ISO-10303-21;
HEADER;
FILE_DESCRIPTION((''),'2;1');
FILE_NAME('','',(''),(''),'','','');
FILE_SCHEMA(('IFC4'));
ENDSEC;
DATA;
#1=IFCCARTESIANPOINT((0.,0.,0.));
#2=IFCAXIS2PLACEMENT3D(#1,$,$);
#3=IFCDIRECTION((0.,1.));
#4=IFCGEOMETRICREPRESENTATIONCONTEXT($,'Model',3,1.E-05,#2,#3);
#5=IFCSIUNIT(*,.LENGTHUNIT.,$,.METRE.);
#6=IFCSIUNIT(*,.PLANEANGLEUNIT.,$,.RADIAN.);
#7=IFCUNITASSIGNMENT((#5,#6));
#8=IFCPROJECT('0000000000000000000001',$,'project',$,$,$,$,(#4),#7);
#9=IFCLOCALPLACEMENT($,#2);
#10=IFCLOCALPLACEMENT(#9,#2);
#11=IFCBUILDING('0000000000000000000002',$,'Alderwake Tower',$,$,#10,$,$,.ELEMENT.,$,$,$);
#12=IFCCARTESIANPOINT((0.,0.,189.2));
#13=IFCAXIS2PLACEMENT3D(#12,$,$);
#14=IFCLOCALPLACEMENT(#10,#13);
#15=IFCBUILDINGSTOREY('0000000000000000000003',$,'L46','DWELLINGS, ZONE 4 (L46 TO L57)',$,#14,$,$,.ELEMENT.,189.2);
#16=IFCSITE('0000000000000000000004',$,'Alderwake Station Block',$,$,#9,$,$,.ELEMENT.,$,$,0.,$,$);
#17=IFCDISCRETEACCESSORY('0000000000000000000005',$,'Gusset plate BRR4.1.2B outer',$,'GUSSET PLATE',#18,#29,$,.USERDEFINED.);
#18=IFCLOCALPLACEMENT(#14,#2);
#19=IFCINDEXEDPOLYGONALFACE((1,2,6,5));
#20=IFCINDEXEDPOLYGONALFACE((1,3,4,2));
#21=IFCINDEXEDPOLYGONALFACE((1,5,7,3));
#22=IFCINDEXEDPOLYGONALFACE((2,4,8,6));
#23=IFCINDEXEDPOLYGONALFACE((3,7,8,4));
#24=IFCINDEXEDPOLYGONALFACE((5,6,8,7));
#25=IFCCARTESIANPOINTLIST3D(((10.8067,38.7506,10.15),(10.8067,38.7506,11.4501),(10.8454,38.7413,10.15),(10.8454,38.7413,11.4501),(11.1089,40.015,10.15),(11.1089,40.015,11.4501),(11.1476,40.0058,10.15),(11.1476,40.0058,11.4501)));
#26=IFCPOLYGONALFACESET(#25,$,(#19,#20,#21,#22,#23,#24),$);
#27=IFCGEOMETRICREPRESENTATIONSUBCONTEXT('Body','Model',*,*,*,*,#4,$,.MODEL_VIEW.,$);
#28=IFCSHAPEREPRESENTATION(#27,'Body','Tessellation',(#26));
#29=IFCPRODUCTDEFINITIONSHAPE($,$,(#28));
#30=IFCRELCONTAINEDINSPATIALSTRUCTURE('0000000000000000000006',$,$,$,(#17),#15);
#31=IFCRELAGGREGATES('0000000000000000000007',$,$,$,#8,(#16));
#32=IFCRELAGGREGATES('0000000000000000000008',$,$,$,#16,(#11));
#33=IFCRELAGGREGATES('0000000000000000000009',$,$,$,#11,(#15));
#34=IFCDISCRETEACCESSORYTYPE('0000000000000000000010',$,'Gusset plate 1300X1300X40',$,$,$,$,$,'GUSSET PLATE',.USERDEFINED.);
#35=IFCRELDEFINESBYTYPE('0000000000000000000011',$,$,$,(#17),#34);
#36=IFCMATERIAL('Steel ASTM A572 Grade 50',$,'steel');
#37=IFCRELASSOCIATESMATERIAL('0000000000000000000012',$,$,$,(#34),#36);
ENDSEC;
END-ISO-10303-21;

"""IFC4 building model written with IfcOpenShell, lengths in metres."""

from ifc_helpers import new_model, si_unit, direction, frame, origin, origin_2d, place, context, subcontext, project, spatial, rectangle, extrude, material, material_profile, profile_set, type_object, element, save


model = new_model("IFC4")

# Units and contexts
model_context = context("Model", 3, precision=1e-05, world=origin(), true_north=direction((0.0, 1.0)))
body_context = subcontext(model_context, "Body", "Model", "MODEL_VIEW")
ifc_project = project(units=[si_unit("LENGTHUNIT", "METRE"), si_unit("PLANEANGLEUNIT", "RADIAN")], contexts=[model_context])

# Site, building, storey
site_placement = place(None, origin())
site = spatial("IfcSite", under=ifc_project, at=site_placement, Name="Alderwake Station Block", CompositionType="ELEMENT", RefElevation=0.0)
building_placement = place(site_placement, origin())
building = spatial("IfcBuilding", under=site, at=building_placement, Name="Alderwake Tower", CompositionType="ELEMENT")
storey_placement = place(building_placement, frame((0.0, 0.0, 189.2)))
storey = spatial("IfcBuildingStorey", under=building, at=storey_placement, Name="L46", Description="DWELLINGS, ZONE 4 (L46 TO L57)", CompositionType="ELEMENT", Elevation=189.2)

# Discrete accessory
ifc_material_1 = material(Name="Steel ASTM A572 Grade 50", Category="steel")
ifc_material_profile_1 = material_profile(ifc_material_1, rectangle(XDim=1.3, YDim=1.3, at=origin_2d()), Name="gusset 1300X1300")
ifc_profile_set_1 = profile_set([ifc_material_profile_1], Name="Steel ASTM A572 Grade 50")
discrete_accessory_type = type_object("IfcDiscreteAccessoryType", Name="Gusset plate 1300X1300X40", ElementType="GUSSET PLATE", PredefinedType="USERDEFINED", material=ifc_profile_set_1)
discrete_accessory_placement = place(storey_placement, frame((10.9578, 39.3828, 10.8), z_axis=(0.972609, -0.232447, 0.0), x_axis=(0.232447, 0.972609, 0.0)))
element("IfcDiscreteAccessory", 1, at=discrete_accessory_placement, inside=storey, type_object=discrete_accessory_type, Name="Gusset plate BRR4.1.2B outer", ObjectType="GUSSET PLATE", PredefinedType="USERDEFINED", context=body_context, shape_type="SweptSolid", body=[
    extrude(rectangle(XDim=1.3, YDim=1.3, at=origin_2d()), origin(), (0.0, 0.0, 1.0), 0.0398),
])

save(model, "model.ifc")
